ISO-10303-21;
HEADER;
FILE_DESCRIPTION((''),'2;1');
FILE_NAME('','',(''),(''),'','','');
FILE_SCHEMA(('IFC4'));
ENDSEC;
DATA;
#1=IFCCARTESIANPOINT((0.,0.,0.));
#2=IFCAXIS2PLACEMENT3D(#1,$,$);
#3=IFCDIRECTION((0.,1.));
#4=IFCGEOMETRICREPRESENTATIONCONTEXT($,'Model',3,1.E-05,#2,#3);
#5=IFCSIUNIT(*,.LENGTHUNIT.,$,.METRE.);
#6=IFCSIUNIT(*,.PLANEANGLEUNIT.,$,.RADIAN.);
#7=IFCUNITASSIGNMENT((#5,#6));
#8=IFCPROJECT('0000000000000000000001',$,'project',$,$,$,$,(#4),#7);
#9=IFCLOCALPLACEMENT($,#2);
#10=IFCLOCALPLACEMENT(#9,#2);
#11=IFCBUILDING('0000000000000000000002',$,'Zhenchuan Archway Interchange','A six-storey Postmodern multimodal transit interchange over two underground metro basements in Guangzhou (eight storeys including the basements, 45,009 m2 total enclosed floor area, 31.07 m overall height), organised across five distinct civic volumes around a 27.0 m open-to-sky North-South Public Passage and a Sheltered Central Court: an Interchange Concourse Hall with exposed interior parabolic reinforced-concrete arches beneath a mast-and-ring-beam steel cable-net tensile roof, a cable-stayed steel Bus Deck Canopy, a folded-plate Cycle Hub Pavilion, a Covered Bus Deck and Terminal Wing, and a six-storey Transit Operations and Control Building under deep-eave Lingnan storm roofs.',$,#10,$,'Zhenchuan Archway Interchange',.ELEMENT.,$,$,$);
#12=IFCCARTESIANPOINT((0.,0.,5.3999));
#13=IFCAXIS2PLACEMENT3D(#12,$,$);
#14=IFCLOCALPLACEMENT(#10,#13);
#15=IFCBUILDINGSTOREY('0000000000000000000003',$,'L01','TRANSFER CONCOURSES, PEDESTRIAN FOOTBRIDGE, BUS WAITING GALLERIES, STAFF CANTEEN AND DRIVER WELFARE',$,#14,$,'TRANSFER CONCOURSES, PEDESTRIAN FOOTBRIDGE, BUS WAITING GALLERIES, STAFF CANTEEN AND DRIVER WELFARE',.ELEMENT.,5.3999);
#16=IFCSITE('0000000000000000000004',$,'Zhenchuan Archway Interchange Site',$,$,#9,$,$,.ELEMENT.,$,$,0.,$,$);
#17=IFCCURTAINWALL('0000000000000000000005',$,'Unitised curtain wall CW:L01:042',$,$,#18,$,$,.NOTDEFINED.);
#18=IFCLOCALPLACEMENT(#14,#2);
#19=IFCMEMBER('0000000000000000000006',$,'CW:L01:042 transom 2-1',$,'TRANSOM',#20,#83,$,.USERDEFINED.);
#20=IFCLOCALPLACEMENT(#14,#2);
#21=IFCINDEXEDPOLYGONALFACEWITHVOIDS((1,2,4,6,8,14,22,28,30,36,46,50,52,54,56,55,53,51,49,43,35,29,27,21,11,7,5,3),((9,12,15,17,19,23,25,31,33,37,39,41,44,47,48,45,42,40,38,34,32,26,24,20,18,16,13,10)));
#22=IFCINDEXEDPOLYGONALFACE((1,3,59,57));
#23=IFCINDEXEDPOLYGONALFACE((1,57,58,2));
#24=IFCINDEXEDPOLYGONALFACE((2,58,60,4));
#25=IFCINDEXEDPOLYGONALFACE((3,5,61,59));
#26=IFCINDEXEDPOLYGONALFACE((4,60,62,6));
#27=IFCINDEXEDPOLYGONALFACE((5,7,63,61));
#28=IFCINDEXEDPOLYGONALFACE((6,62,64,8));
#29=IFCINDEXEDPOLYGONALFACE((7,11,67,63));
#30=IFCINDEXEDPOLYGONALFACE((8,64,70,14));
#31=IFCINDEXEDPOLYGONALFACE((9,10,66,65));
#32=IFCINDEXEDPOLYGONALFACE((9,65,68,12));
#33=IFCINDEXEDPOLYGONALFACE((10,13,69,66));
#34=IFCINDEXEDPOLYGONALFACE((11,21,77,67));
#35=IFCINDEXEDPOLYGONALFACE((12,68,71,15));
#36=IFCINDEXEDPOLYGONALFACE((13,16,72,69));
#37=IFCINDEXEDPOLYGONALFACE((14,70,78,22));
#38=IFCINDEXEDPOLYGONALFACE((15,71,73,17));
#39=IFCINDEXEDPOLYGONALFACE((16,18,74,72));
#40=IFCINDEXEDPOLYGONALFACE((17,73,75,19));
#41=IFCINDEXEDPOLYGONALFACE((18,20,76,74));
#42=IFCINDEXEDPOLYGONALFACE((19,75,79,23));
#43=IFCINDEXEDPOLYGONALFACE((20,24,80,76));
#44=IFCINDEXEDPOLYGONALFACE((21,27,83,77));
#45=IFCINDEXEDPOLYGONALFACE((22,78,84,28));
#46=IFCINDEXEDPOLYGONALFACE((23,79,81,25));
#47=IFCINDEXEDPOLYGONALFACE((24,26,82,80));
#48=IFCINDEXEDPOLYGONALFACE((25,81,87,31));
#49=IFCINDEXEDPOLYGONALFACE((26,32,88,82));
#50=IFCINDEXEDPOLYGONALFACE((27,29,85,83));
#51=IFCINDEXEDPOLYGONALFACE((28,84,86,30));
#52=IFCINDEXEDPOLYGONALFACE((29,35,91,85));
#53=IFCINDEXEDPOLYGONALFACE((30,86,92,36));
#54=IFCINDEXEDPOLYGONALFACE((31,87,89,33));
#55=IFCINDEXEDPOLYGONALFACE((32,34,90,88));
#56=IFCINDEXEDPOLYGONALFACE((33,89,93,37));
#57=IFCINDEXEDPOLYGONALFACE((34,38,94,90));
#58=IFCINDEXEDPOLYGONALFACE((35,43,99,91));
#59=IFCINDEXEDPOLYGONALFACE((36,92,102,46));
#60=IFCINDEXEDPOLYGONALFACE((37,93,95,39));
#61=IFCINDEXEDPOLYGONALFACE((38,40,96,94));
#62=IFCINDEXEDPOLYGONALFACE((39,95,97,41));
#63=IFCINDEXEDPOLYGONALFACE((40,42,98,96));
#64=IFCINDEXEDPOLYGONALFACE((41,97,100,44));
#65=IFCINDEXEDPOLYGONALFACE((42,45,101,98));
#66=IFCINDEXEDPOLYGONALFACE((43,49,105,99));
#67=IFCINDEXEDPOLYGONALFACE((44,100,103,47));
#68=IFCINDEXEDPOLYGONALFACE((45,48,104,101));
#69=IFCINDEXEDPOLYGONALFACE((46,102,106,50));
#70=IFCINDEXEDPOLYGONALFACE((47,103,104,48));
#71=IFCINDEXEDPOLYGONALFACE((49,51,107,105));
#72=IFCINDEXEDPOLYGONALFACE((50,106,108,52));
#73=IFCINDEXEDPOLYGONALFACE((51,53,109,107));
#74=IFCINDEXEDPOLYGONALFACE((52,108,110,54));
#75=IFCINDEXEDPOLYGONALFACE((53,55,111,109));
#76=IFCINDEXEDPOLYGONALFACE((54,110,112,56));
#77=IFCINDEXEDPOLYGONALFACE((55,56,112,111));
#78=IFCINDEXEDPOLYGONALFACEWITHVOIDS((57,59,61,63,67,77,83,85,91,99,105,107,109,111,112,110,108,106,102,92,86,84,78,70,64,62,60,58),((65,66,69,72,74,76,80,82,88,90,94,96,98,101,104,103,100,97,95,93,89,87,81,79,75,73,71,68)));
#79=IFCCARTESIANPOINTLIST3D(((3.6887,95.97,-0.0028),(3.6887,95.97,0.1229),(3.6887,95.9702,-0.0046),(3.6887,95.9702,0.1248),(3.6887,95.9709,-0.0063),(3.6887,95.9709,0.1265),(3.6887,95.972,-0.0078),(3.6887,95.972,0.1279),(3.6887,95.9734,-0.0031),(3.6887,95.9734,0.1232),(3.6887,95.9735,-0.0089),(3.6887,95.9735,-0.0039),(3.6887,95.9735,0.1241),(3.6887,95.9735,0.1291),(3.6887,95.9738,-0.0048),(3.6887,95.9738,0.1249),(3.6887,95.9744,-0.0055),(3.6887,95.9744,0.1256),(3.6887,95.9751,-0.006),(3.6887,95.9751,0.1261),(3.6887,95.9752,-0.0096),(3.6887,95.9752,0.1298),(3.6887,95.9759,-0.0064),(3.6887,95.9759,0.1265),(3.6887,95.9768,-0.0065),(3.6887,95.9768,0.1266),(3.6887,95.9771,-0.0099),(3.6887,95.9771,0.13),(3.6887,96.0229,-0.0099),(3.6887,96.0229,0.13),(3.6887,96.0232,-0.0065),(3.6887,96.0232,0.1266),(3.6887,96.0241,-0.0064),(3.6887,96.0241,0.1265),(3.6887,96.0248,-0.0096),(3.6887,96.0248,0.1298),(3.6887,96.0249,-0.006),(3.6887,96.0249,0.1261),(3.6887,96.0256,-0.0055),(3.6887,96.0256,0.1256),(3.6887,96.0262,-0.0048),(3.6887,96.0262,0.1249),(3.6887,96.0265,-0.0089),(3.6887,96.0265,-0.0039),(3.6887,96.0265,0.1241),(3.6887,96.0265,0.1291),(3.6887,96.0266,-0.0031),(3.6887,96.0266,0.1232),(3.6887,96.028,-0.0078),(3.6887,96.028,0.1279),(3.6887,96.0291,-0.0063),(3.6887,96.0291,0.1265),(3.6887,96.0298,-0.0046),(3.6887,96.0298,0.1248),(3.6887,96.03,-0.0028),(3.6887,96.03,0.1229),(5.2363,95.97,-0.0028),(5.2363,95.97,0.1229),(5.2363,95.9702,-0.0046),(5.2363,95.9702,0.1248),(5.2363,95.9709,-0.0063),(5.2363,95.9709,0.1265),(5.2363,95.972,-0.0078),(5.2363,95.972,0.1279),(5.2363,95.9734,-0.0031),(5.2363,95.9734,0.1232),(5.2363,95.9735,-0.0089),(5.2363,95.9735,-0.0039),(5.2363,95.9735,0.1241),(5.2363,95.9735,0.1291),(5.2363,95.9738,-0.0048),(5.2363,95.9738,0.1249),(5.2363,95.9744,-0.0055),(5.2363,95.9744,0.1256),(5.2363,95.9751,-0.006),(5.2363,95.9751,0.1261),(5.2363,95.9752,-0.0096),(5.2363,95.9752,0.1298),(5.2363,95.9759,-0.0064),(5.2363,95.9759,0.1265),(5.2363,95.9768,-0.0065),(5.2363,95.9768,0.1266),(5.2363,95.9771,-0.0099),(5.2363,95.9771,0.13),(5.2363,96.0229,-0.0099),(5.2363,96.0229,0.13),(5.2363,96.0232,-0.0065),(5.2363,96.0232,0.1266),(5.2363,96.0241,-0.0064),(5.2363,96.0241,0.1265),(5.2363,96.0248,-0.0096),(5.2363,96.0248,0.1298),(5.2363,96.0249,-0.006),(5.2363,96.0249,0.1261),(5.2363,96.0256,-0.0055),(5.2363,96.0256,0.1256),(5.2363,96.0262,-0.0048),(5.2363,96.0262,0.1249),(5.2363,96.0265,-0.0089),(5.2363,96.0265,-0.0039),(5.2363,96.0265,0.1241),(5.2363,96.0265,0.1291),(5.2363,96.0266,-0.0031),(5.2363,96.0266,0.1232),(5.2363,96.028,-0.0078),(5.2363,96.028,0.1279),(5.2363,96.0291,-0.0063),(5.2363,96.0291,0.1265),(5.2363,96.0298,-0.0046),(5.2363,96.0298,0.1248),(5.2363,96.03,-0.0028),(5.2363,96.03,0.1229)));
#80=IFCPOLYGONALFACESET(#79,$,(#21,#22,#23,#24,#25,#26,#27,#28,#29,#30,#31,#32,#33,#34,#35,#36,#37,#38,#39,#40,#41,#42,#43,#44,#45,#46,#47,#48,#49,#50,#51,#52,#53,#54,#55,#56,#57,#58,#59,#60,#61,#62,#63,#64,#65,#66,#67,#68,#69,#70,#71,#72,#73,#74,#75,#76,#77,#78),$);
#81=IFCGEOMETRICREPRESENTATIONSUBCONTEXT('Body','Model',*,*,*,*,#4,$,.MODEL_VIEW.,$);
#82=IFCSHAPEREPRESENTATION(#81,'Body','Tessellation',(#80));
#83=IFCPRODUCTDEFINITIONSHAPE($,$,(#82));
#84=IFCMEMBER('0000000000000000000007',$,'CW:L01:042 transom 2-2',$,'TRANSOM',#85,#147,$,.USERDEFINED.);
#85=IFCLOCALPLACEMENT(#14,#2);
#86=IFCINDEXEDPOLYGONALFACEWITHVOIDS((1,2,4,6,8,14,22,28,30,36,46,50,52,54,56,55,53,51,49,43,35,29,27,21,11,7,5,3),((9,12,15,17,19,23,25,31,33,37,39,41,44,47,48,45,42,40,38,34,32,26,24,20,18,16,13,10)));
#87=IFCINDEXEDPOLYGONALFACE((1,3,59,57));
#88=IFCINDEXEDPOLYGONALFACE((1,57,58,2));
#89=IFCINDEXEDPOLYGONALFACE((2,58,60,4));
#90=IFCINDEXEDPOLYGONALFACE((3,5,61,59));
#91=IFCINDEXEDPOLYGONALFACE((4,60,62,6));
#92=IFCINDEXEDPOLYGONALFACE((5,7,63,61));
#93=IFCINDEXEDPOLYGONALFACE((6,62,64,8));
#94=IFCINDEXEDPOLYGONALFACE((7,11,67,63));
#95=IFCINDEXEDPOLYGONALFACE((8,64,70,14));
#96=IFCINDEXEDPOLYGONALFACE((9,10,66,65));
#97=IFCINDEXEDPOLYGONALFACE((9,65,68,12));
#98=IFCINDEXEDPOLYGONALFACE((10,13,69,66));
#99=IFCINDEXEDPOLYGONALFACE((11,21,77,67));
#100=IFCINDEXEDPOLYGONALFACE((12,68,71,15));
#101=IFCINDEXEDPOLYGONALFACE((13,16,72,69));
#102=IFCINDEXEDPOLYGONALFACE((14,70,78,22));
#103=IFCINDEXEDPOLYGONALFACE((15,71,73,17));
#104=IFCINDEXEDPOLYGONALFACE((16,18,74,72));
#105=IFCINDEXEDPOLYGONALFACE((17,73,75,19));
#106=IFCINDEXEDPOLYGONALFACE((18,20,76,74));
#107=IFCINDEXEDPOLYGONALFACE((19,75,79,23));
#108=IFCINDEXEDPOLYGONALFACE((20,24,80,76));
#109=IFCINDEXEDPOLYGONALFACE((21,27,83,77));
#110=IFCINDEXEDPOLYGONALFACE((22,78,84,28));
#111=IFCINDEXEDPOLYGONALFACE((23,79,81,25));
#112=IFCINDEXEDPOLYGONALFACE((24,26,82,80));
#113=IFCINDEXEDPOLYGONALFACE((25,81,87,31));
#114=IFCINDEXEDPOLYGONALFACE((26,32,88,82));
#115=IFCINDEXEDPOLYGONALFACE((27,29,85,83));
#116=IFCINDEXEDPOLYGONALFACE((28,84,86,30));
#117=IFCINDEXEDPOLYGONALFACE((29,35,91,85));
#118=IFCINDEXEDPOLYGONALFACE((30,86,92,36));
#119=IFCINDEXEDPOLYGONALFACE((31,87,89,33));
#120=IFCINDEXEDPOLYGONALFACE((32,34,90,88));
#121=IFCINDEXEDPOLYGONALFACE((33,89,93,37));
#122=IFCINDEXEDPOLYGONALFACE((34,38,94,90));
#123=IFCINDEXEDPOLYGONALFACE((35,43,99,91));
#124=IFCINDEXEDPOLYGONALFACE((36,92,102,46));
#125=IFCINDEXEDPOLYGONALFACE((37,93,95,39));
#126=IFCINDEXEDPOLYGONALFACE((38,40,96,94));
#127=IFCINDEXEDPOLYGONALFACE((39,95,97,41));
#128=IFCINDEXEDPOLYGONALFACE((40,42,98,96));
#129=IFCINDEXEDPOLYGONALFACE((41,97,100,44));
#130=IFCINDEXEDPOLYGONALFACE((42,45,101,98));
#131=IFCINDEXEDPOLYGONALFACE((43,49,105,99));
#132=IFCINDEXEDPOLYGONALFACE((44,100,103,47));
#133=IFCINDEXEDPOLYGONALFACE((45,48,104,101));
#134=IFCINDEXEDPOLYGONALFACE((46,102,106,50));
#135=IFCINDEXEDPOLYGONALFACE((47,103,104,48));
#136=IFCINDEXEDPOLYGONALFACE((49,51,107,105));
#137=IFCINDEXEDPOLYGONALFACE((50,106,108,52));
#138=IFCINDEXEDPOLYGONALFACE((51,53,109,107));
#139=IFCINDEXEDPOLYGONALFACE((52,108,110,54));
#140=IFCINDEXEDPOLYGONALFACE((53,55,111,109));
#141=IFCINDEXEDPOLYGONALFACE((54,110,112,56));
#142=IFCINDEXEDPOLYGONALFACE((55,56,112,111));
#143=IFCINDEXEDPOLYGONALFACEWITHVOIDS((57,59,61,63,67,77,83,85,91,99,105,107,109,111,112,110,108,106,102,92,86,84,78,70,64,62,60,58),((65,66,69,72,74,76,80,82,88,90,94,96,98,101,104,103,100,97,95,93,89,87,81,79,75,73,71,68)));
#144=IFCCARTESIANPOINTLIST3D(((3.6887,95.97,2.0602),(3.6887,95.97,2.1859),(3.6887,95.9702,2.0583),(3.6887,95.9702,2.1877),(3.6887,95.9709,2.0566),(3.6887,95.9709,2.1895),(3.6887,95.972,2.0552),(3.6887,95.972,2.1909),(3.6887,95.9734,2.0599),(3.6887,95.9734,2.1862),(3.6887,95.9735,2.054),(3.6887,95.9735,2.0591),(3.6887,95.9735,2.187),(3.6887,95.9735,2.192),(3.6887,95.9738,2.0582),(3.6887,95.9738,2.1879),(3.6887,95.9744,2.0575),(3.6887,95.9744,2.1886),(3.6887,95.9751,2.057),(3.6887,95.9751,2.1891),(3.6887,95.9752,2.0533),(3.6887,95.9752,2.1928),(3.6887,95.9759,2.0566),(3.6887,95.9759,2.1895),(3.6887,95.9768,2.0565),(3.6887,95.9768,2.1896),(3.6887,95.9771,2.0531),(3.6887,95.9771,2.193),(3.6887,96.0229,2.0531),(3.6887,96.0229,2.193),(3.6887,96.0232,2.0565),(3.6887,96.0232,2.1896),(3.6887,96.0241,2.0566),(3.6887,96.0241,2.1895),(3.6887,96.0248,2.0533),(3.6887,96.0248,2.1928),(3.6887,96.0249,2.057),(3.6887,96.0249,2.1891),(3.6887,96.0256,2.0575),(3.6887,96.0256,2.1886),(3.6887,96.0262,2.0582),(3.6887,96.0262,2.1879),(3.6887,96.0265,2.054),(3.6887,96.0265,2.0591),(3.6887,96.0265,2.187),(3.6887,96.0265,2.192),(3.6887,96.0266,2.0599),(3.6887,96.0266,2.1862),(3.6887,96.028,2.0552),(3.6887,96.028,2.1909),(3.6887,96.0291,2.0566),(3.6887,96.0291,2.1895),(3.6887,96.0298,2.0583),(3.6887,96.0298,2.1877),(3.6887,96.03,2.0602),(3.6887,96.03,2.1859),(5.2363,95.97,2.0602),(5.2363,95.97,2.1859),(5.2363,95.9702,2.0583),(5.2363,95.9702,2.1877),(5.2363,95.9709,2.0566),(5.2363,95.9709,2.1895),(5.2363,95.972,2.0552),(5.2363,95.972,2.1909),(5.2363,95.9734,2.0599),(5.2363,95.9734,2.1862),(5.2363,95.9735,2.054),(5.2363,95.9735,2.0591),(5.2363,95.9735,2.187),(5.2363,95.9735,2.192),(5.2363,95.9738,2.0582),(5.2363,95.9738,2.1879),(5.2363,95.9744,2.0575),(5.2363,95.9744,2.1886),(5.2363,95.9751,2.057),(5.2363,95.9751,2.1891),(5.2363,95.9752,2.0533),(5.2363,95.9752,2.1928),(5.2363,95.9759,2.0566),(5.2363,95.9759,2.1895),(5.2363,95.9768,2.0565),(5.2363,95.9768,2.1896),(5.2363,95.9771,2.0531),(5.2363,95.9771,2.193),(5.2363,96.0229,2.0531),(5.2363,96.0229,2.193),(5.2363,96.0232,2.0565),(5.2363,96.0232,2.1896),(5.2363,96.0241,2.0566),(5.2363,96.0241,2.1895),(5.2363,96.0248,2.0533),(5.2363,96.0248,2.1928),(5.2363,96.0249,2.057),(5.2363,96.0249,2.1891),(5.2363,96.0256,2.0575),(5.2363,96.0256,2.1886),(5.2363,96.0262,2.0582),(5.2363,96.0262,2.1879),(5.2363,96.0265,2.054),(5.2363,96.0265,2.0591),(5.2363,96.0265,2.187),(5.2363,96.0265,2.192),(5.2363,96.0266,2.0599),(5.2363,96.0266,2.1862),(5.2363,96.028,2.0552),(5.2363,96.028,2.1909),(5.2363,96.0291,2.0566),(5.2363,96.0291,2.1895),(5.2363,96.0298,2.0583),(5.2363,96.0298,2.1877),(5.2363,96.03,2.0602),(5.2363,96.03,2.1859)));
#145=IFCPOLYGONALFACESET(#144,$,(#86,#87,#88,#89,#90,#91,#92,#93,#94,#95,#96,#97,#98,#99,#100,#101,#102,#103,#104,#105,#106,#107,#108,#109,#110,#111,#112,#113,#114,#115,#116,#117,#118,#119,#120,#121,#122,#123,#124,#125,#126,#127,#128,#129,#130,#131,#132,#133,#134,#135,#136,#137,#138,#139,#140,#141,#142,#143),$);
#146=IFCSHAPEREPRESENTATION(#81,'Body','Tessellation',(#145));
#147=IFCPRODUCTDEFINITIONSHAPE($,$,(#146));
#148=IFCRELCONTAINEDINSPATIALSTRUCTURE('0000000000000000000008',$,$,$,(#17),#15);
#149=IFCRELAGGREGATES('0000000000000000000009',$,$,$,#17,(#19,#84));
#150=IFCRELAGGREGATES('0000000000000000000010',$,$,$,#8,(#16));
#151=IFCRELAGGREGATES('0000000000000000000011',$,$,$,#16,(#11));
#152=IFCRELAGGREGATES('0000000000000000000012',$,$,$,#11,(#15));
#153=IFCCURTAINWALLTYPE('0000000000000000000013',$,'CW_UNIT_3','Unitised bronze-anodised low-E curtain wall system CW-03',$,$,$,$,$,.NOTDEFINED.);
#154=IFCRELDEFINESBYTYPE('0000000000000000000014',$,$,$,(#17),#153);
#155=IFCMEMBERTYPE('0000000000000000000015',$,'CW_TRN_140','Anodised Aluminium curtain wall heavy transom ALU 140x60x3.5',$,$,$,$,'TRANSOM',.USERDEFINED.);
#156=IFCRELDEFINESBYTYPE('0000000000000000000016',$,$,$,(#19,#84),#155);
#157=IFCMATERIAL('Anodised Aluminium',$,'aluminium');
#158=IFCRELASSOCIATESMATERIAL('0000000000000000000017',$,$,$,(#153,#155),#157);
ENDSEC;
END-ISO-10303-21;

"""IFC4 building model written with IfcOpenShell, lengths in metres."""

from ifc_helpers import new_model, si_unit, direction, frame, origin, origin_2d, place, context, subcontext, project, spatial, hollow_rectangle, extrude, material, material_profile, profile_set, type_object, element, aggregate, save


model = new_model("IFC4")

# Units and contexts
model_context = context("Model", 3, precision=1e-05, world=origin(), true_north=direction((0.0, 1.0)))
body_context = subcontext(model_context, "Body", "Model", "MODEL_VIEW")
ifc_project = project(units=[si_unit("LENGTHUNIT", "METRE"), si_unit("PLANEANGLEUNIT", "RADIAN")], contexts=[model_context])

# Site, building, storey
site_placement = place(None, origin())
site = spatial("IfcSite", under=ifc_project, at=site_placement, Name="Zhenchuan Archway Interchange Site", CompositionType="ELEMENT", RefElevation=0.0)
building_placement = place(site_placement, origin())
building = spatial("IfcBuilding", under=site, at=building_placement, Name="Zhenchuan Archway Interchange", Description="A six-storey Postmodern multimodal transit interchange over two underground metro basements in Guangzhou (eight storeys including the basements, 45,009 m2 total enclosed floor area, 31.07 m overall height), organised across five distinct civic volumes around a 27.0 m open-to-sky North-South Public Passage and a Sheltered Central Court: an Interchange Concourse Hall with exposed interior parabolic reinforced-concrete arches beneath a mast-and-ring-beam steel cable-net tensile roof, a cable-stayed steel Bus Deck Canopy, a folded-plate Cycle Hub Pavilion, a Covered Bus Deck and Terminal Wing, and a six-storey Transit Operations and Control Building under deep-eave Lingnan storm roofs.", LongName="Zhenchuan Archway Interchange", CompositionType="ELEMENT")
storey_placement = place(building_placement, frame((0.0, 0.0, 5.3999)))
storey = spatial("IfcBuildingStorey", under=building, at=storey_placement, Name="L01", Description="TRANSFER CONCOURSES, PEDESTRIAN FOOTBRIDGE, BUS WAITING GALLERIES, STAFF CANTEEN AND DRIVER WELFARE", LongName="TRANSFER CONCOURSES, PEDESTRIAN FOOTBRIDGE, BUS WAITING GALLERIES, STAFF CANTEEN AND DRIVER WELFARE", CompositionType="ELEMENT", Elevation=5.3999)

# Curtain wall, members
ifc_material_1 = material(Name="Anodised Aluminium", Category="aluminium")
curtain_wall_type = type_object("IfcCurtainWallType", Name="CW_UNIT_3", Description="Unitised bronze-anodised low-E curtain wall system CW-03", PredefinedType="NOTDEFINED", material=ifc_material_1)
curtain_wall_placement = place(storey_placement, origin())
curtain_wall = element("IfcCurtainWall", 1, at=curtain_wall_placement, inside=storey, type_object=curtain_wall_type, Name="Unitised curtain wall CW:L01:042", PredefinedType="NOTDEFINED")
ifc_material_profile_1 = material_profile(ifc_material_1, hollow_rectangle(XDim=0.0601, YDim=0.1399, WallThickness=0.0034, InnerFilletRadius=0.0034, OuterFilletRadius=0.0071, at=origin_2d()), Name="ALU 140x60x3.5")
ifc_profile_set_1 = profile_set([ifc_material_profile_1], Name="Anodised Aluminium")
member_type_1 = type_object("IfcMemberType", Name="CW_TRN_140", Description="Anodised Aluminium curtain wall heavy transom ALU 140x60x3.5", ElementType="TRANSOM", PredefinedType="USERDEFINED", material=ifc_profile_set_1)
member_1_placement = place(storey_placement, frame((5.2363, 96.0, 0.0601), z_axis=(-1.0, 0.0, 0.0), x_axis=(0.0, -1.0, 0.0)))
member_1 = element("IfcMember", 2, at=member_1_placement, type_object=member_type_1, Name="CW:L01:042 transom 2-1", ObjectType="TRANSOM", PredefinedType="USERDEFINED", context=body_context, shape_type="SweptSolid", body=[
    extrude(hollow_rectangle(XDim=0.0601, YDim=0.1399, WallThickness=0.0034, InnerFilletRadius=0.0034, OuterFilletRadius=0.0071, at=origin_2d()), origin(), (0.0, 0.0, 1.0), 1.5476),
])
member_2_placement = place(storey_placement, frame((5.2363, 96.0, 2.123), z_axis=(-1.0, 0.0, 0.0), x_axis=(0.0, -1.0, 0.0)))
member_2 = element("IfcMember", 3, at=member_2_placement, type_object=member_type_1, Name="CW:L01:042 transom 2-2", ObjectType="TRANSOM", PredefinedType="USERDEFINED", context=body_context, shape_type="SweptSolid", body=[
    extrude(hollow_rectangle(XDim=0.0601, YDim=0.1399, WallThickness=0.0034, InnerFilletRadius=0.0034, OuterFilletRadius=0.0071, at=origin_2d()), origin(), (0.0, 0.0, 1.0), 1.5476),
])

aggregate(curtain_wall, [member_1, member_2])

save(model, "model.ifc")
